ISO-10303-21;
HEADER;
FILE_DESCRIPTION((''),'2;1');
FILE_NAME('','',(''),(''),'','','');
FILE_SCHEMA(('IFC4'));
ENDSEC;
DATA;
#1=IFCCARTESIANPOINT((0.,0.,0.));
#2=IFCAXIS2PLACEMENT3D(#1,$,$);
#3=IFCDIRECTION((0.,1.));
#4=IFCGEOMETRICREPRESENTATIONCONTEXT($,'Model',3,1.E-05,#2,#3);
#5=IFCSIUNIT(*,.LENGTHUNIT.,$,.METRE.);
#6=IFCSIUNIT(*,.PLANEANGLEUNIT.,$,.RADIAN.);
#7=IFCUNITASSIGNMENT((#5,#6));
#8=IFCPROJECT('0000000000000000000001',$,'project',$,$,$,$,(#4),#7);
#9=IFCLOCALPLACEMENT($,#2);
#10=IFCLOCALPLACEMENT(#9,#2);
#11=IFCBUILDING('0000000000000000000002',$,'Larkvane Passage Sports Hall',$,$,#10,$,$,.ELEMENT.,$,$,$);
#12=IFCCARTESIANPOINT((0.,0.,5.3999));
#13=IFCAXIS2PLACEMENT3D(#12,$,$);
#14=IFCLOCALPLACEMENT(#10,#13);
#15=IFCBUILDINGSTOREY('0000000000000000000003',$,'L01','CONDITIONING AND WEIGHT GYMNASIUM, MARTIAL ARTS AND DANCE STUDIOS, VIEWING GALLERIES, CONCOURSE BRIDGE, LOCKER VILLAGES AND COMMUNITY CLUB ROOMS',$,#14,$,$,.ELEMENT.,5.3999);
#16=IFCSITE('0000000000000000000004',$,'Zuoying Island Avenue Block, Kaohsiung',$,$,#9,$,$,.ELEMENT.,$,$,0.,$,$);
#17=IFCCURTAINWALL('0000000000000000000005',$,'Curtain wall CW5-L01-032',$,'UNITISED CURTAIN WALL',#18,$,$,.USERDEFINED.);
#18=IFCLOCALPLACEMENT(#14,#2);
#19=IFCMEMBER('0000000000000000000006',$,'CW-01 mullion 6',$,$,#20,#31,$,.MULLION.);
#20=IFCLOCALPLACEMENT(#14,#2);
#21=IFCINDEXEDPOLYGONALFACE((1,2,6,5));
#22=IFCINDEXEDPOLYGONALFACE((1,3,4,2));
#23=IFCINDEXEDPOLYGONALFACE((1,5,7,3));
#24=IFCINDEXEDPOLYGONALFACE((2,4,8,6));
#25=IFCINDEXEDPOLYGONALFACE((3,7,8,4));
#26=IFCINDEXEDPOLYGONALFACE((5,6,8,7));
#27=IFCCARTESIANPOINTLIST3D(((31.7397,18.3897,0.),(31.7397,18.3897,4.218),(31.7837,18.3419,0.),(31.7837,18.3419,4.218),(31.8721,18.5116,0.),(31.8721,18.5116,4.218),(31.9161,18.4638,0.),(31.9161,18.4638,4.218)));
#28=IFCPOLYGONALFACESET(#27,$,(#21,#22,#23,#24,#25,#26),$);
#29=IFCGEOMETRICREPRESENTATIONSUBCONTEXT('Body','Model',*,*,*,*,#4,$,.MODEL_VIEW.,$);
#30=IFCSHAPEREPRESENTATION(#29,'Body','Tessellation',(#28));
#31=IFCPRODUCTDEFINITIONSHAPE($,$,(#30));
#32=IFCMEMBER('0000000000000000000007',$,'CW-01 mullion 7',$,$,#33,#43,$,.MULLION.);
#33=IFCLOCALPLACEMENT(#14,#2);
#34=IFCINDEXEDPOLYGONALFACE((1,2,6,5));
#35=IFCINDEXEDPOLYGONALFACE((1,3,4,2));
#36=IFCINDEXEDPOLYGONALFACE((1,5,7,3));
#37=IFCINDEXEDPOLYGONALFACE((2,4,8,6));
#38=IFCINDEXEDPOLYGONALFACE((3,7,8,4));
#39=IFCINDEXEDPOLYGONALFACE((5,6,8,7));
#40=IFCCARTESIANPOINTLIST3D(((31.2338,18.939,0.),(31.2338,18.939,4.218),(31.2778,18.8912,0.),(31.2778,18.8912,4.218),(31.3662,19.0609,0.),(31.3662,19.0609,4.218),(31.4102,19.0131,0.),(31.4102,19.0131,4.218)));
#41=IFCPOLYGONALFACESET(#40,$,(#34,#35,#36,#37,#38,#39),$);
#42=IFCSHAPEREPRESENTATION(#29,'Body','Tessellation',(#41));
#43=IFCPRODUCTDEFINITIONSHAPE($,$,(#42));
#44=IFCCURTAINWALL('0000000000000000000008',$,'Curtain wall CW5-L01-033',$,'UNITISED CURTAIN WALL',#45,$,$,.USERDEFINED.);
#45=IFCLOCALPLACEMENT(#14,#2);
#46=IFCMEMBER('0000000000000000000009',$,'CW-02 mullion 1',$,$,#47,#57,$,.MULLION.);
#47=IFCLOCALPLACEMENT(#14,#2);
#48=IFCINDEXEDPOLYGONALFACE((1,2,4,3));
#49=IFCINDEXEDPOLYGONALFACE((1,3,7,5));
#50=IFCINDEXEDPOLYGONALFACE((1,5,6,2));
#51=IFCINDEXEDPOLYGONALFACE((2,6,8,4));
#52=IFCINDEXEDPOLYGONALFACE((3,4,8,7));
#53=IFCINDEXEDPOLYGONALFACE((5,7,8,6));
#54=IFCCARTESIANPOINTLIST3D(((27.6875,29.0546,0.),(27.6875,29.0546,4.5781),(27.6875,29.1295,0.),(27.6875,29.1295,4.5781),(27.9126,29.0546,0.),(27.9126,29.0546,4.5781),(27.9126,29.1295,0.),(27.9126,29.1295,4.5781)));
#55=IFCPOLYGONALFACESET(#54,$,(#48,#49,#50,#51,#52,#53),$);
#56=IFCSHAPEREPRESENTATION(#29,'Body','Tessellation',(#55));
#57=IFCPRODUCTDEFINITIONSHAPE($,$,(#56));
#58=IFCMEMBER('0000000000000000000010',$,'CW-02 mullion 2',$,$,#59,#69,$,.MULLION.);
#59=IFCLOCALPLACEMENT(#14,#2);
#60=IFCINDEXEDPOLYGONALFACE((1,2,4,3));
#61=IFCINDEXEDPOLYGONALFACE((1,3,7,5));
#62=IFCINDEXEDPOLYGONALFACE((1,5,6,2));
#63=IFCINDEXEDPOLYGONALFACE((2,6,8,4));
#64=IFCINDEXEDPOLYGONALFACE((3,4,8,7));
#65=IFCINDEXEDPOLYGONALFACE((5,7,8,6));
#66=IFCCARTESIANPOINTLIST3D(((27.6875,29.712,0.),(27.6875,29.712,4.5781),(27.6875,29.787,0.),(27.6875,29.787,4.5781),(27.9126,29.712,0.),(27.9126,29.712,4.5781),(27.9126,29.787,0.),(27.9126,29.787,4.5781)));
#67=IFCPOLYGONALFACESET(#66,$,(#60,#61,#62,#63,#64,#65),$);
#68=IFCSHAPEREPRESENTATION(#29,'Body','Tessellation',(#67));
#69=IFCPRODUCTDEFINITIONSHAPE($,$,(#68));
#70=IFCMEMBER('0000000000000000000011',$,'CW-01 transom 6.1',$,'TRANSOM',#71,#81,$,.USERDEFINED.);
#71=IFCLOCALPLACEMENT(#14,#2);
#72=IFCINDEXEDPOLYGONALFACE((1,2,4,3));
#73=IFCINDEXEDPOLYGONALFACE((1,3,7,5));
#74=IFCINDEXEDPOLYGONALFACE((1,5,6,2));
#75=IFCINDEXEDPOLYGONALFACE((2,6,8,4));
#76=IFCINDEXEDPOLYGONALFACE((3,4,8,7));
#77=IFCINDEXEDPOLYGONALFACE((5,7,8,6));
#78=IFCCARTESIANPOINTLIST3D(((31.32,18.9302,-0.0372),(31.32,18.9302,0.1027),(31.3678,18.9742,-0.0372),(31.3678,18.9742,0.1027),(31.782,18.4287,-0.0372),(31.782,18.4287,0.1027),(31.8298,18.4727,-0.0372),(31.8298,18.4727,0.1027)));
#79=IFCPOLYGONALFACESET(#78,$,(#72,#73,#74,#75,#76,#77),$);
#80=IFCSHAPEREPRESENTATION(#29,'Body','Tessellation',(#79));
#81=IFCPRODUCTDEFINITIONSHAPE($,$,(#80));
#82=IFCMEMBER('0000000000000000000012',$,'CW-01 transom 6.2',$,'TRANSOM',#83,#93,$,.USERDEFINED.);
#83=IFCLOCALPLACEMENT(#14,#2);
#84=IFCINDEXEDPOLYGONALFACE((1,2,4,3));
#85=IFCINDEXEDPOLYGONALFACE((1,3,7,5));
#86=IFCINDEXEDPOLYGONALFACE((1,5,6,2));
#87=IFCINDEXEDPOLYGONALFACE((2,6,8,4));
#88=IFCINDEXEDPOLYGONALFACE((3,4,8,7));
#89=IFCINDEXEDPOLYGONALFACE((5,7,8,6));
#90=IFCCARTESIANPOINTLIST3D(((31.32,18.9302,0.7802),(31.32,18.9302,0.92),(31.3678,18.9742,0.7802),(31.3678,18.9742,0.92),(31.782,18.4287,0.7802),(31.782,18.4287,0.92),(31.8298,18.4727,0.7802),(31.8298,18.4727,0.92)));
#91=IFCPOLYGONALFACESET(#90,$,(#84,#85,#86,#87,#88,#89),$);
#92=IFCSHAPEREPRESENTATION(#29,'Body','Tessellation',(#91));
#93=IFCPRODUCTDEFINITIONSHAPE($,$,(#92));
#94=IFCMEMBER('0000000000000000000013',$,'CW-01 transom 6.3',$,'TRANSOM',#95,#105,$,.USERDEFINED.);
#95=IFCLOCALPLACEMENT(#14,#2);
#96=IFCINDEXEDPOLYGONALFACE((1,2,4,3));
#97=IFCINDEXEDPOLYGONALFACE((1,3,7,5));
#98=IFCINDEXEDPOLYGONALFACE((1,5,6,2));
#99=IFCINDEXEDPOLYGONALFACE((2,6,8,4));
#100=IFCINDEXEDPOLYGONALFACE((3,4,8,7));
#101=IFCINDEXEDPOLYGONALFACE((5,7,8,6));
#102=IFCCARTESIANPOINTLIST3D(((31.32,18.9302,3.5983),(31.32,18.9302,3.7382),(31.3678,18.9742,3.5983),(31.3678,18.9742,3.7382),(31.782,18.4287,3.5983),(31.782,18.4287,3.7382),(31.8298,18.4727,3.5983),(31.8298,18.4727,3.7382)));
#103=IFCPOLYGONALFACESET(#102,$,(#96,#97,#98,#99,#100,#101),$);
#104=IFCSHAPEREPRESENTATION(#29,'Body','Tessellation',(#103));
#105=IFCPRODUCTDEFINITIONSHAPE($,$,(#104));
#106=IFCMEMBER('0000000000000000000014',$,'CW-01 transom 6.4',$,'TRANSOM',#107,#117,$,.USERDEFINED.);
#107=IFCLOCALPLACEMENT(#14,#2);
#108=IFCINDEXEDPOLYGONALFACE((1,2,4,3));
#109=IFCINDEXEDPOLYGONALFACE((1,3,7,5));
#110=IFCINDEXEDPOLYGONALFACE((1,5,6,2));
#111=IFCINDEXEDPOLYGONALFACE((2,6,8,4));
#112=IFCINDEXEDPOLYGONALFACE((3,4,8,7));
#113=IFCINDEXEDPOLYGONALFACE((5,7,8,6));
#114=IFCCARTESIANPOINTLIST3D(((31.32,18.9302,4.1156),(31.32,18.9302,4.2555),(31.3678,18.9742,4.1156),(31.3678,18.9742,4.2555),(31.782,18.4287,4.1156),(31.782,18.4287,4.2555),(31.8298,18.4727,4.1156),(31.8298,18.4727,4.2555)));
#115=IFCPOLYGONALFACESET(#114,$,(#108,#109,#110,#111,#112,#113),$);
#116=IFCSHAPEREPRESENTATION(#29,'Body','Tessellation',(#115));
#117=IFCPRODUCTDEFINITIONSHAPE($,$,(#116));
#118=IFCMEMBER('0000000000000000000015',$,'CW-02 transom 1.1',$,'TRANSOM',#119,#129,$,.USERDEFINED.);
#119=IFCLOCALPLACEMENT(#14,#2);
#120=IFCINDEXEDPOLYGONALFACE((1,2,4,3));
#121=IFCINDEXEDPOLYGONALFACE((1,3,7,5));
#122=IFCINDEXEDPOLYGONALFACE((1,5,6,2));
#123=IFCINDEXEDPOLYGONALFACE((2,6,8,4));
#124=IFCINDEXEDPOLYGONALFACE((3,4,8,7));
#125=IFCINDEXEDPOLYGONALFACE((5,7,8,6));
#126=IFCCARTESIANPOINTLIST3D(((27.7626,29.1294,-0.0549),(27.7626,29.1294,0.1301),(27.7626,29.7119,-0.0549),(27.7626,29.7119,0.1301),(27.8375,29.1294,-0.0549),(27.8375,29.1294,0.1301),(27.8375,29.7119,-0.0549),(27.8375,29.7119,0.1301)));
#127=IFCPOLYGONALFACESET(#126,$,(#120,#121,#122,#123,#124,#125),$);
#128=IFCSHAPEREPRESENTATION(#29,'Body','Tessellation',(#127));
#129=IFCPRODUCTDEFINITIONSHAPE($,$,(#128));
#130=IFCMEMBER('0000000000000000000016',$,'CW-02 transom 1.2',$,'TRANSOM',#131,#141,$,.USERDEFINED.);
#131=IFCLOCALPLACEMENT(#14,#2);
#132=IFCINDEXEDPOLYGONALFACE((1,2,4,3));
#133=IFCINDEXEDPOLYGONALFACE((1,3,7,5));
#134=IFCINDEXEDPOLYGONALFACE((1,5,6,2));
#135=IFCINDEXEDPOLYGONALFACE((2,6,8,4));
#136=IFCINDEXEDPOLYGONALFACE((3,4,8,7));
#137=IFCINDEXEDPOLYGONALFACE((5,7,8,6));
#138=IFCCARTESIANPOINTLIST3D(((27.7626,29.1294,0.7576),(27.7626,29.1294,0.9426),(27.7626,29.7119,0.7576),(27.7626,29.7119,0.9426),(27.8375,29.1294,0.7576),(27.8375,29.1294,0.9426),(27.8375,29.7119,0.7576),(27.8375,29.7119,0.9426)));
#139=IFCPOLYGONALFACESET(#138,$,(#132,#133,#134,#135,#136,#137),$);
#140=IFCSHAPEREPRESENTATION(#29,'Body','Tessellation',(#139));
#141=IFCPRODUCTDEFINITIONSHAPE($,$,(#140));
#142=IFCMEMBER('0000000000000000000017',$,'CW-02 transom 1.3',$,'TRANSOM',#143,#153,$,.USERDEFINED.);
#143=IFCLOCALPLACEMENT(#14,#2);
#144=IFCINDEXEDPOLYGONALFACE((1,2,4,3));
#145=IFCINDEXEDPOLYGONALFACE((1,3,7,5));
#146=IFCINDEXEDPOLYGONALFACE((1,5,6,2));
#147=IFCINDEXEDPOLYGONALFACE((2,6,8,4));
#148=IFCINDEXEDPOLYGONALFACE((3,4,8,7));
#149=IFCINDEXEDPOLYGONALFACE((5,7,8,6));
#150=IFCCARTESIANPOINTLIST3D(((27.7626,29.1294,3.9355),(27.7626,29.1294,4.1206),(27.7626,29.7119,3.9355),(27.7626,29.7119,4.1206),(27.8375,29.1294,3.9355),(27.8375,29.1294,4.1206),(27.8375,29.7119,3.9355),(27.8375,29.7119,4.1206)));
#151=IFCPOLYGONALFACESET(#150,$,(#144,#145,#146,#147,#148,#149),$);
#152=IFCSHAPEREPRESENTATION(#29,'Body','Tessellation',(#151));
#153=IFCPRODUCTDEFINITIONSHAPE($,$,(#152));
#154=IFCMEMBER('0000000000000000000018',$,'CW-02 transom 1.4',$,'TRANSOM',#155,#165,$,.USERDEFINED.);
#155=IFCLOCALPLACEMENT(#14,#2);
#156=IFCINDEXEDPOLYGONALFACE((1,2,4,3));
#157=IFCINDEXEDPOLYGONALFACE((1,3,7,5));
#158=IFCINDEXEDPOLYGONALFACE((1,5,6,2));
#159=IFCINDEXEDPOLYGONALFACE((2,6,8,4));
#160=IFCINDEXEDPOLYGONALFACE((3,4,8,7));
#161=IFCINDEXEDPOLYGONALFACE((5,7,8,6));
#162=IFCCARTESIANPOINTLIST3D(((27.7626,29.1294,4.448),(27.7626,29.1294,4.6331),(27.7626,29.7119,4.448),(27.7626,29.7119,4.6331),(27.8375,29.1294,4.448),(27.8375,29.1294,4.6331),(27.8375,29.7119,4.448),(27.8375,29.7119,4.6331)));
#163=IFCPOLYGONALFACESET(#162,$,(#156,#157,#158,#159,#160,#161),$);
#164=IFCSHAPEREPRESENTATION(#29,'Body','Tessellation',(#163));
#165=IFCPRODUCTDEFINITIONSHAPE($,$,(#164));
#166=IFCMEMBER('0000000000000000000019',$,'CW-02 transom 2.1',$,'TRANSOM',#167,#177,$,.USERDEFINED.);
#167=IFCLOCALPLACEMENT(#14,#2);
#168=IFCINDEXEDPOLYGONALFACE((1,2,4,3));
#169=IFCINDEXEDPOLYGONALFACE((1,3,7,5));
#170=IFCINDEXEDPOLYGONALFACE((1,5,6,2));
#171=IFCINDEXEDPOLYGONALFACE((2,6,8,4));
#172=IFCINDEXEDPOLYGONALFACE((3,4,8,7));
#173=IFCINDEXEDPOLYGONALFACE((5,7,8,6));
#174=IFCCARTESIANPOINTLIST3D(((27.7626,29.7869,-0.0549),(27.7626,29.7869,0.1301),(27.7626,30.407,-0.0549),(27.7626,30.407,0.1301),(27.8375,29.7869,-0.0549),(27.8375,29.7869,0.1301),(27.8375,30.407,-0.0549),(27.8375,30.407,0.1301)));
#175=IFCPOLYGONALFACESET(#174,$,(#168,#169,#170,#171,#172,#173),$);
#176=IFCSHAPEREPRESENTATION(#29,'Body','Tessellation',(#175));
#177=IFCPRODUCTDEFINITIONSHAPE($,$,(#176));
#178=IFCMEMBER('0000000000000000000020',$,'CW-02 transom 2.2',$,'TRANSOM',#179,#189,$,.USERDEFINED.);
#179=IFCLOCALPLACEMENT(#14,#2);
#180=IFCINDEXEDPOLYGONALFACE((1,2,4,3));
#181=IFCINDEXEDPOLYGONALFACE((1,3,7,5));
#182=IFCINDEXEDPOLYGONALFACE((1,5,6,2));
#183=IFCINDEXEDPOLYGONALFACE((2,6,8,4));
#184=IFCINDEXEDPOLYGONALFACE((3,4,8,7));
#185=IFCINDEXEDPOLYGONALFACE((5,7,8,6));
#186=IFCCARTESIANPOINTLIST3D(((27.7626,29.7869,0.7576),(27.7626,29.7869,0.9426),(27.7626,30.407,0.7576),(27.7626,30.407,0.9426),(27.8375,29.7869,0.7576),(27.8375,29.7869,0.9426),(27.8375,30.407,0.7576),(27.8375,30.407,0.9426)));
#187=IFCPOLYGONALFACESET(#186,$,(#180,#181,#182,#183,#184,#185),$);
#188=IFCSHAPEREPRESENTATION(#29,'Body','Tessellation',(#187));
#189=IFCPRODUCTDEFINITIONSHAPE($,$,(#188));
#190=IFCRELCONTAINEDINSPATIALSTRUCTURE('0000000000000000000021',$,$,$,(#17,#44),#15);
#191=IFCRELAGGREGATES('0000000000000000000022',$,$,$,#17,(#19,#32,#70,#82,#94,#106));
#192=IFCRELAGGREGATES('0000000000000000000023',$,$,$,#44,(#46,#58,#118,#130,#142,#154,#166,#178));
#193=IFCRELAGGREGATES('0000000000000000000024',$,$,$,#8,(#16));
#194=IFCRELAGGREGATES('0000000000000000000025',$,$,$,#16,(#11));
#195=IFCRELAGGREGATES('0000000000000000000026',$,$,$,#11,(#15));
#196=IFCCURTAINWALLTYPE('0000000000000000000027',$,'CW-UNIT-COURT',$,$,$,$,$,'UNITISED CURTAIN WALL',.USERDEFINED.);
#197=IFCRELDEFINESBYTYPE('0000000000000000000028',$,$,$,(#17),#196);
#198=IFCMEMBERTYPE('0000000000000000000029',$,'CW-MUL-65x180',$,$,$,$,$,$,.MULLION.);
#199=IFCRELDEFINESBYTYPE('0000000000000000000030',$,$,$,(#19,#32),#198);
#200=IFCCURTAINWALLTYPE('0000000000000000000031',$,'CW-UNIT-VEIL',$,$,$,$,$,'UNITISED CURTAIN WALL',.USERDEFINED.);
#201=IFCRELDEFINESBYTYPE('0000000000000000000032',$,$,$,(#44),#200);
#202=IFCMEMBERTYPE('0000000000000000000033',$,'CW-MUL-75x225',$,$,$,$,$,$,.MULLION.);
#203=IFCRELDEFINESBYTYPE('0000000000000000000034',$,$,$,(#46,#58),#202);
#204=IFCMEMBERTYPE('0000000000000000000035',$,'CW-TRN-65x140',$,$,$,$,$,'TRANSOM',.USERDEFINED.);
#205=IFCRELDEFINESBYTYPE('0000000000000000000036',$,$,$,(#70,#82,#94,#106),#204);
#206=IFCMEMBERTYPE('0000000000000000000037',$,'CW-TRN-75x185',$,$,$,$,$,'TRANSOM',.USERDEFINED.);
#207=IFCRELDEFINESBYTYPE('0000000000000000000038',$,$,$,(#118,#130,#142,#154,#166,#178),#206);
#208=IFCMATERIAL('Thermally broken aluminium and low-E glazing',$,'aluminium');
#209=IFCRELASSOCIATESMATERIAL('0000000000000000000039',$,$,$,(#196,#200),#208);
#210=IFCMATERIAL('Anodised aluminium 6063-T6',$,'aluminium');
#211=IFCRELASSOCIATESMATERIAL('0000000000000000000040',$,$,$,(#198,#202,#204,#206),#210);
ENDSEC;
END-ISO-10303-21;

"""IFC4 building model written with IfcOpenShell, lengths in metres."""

from ifc_helpers import new_model, si_unit, direction, frame, origin, origin_2d, place, context, subcontext, project, spatial, rectangle, extrude, material, material_profile, profile_set, type_object, element, aggregate, save


model = new_model("IFC4")

# Units and contexts
model_context = context("Model", 3, precision=1e-05, world=origin(), true_north=direction((0.0, 1.0)))
body_context = subcontext(model_context, "Body", "Model", "MODEL_VIEW")
ifc_project = project(units=[si_unit("LENGTHUNIT", "METRE"), si_unit("PLANEANGLEUNIT", "RADIAN")], contexts=[model_context])

# Site, building, storey
site_placement = place(None, origin())
site = spatial("IfcSite", under=ifc_project, at=site_placement, Name="Zuoying Island Avenue Block, Kaohsiung", CompositionType="ELEMENT", RefElevation=0.0)
building_placement = place(site_placement, origin())
building = spatial("IfcBuilding", under=site, at=building_placement, Name="Larkvane Passage Sports Hall", CompositionType="ELEMENT")
storey_placement = place(building_placement, frame((0.0, 0.0, 5.3999)))
storey = spatial("IfcBuildingStorey", under=building, at=storey_placement, Name="L01", Description="CONDITIONING AND WEIGHT GYMNASIUM, MARTIAL ARTS AND DANCE STUDIOS, VIEWING GALLERIES, CONCOURSE BRIDGE, LOCKER VILLAGES AND COMMUNITY CLUB ROOMS", CompositionType="ELEMENT", Elevation=5.3999)

# Curtain walls, members
ifc_material_1 = material(Name="Thermally broken aluminium and low-E glazing", Category="aluminium")
curtain_wall_type_1 = type_object("IfcCurtainWallType", Name="CW-UNIT-COURT", ElementType="UNITISED CURTAIN WALL", PredefinedType="USERDEFINED", material=ifc_material_1)
curtain_wall_1_placement = place(storey_placement, origin())
curtain_wall_1 = element("IfcCurtainWall", 1, at=curtain_wall_1_placement, inside=storey, type_object=curtain_wall_type_1, Name="Curtain wall CW5-L01-032", ObjectType="UNITISED CURTAIN WALL", PredefinedType="USERDEFINED")
ifc_material_2 = material(Name="Anodised aluminium 6063-T6", Category="aluminium")
ifc_material_profile_1 = material_profile(ifc_material_2, rectangle(XDim=0.0649, YDim=0.1799, at=origin_2d()), Name="ALU-MUL-65x180")
ifc_profile_set_1 = profile_set([ifc_material_profile_1], Name="Anodised aluminium 6063-T6")
member_type_1 = type_object("IfcMemberType", Name="CW-MUL-65x180", PredefinedType="MULLION", material=ifc_profile_set_1)
member_1_placement = place(storey_placement, frame((31.8279, 18.4268, 0.0), z_axis=(0.0, 0.0, 1.0), x_axis=(-0.677478, 0.735543, 0.0)))
member_1 = element("IfcMember", 2, at=member_1_placement, type_object=member_type_1, Name="CW-01 mullion 6", PredefinedType="MULLION", context=body_context, shape_type="SweptSolid", body=[
    extrude(rectangle(XDim=0.0649, YDim=0.1799, at=origin_2d()), origin(), (0.0, 0.0, 1.0), 4.218),
])
member_2_placement = place(storey_placement, frame((31.322, 18.9761, 0.0), z_axis=(0.0, 0.0, 1.0), x_axis=(-0.677478, 0.735543, 0.0)))
member_2 = element("IfcMember", 3, at=member_2_placement, type_object=member_type_1, Name="CW-01 mullion 7", PredefinedType="MULLION", context=body_context, shape_type="SweptSolid", body=[
    extrude(rectangle(XDim=0.0649, YDim=0.1799, at=origin_2d()), origin(), (0.0, 0.0, 1.0), 4.218),
])
curtain_wall_type_2 = type_object("IfcCurtainWallType", Name="CW-UNIT-VEIL", ElementType="UNITISED CURTAIN WALL", PredefinedType="USERDEFINED", material=ifc_material_1)
curtain_wall_2_placement = place(storey_placement, origin())
curtain_wall_2 = element("IfcCurtainWall", 4, at=curtain_wall_2_placement, inside=storey, type_object=curtain_wall_type_2, Name="Curtain wall CW5-L01-033", ObjectType="UNITISED CURTAIN WALL", PredefinedType="USERDEFINED")
ifc_material_profile_2 = material_profile(ifc_material_2, rectangle(XDim=0.075, YDim=0.2251, at=origin_2d()), Name="ALU-MUL-75x225")
ifc_profile_set_2 = profile_set([ifc_material_profile_2], Name="Anodised aluminium 6063-T6")
member_type_2 = type_object("IfcMemberType", Name="CW-MUL-75x225", PredefinedType="MULLION", material=ifc_profile_set_2)
member_3_placement = place(storey_placement, frame((27.8, 29.092, 0.0), z_axis=(0.0, 0.0, 1.0), x_axis=(0.0, 1.0, 0.0)))
member_3 = element("IfcMember", 5, at=member_3_placement, type_object=member_type_2, Name="CW-02 mullion 1", PredefinedType="MULLION", context=body_context, shape_type="SweptSolid", body=[
    extrude(rectangle(XDim=0.075, YDim=0.2251, at=origin_2d()), origin(), (0.0, 0.0, 1.0), 4.5781),
])
member_4_placement = place(storey_placement, frame((27.8, 29.7495, 0.0), z_axis=(0.0, 0.0, 1.0), x_axis=(0.0, 1.0, 0.0)))
member_4 = element("IfcMember", 6, at=member_4_placement, type_object=member_type_2, Name="CW-02 mullion 2", PredefinedType="MULLION", context=body_context, shape_type="SweptSolid", body=[
    extrude(rectangle(XDim=0.075, YDim=0.2251, at=origin_2d()), origin(), (0.0, 0.0, 1.0), 4.5781),
])

# Members
ifc_material_profile_3 = material_profile(ifc_material_2, rectangle(XDim=0.0649, YDim=0.1399, at=origin_2d()), Name="ALU-TRN-65x140")
ifc_profile_set_3 = profile_set([ifc_material_profile_3], Name="Anodised aluminium 6063-T6")
member_type_3 = type_object("IfcMemberType", Name="CW-TRN-65x140", ElementType="TRANSOM", PredefinedType="USERDEFINED", material=ifc_profile_set_3)
member_5_placement = place(storey_placement, frame((31.8059, 18.4507, 0.0327), z_axis=(-0.677506, 0.735517, 0.0), x_axis=(-0.735517, -0.677506, 0.0)))
member_5 = element("IfcMember", 7, at=member_5_placement, type_object=member_type_3, Name="CW-01 transom 6.1", ObjectType="TRANSOM", PredefinedType="USERDEFINED", context=body_context, shape_type="SweptSolid", body=[
    extrude(rectangle(XDim=0.0649, YDim=0.1399, at=origin_2d()), origin(), (0.0, 0.0, 1.0), 0.6819),
])
member_6_placement = place(storey_placement, frame((31.8059, 18.4507, 0.8501), z_axis=(-0.677506, 0.735517, 0.0), x_axis=(-0.735517, -0.677506, 0.0)))
member_6 = element("IfcMember", 8, at=member_6_placement, type_object=member_type_3, Name="CW-01 transom 6.2", ObjectType="TRANSOM", PredefinedType="USERDEFINED", context=body_context, shape_type="SweptSolid", body=[
    extrude(rectangle(XDim=0.0649, YDim=0.1399, at=origin_2d()), origin(), (0.0, 0.0, 1.0), 0.6819),
])
member_7_placement = place(storey_placement, frame((31.8059, 18.4507, 3.6682), z_axis=(-0.677506, 0.735517, 0.0), x_axis=(-0.735517, -0.677506, 0.0)))
member_7 = element("IfcMember", 9, at=member_7_placement, type_object=member_type_3, Name="CW-01 transom 6.3", ObjectType="TRANSOM", PredefinedType="USERDEFINED", context=body_context, shape_type="SweptSolid", body=[
    extrude(rectangle(XDim=0.0649, YDim=0.1399, at=origin_2d()), origin(), (0.0, 0.0, 1.0), 0.6819),
])
member_8_placement = place(storey_placement, frame((31.8059, 18.4507, 4.1855), z_axis=(-0.677506, 0.735517, 0.0), x_axis=(-0.735517, -0.677506, 0.0)))
member_8 = element("IfcMember", 10, at=member_8_placement, type_object=member_type_3, Name="CW-01 transom 6.4", ObjectType="TRANSOM", PredefinedType="USERDEFINED", context=body_context, shape_type="SweptSolid", body=[
    extrude(rectangle(XDim=0.0649, YDim=0.1399, at=origin_2d()), origin(), (0.0, 0.0, 1.0), 0.6819),
])
ifc_material_profile_4 = material_profile(ifc_material_2, rectangle(XDim=0.075, YDim=0.1851, at=origin_2d()), Name="ALU-TRN-75x185")
ifc_profile_set_4 = profile_set([ifc_material_profile_4], Name="Anodised aluminium 6063-T6")
member_type_4 = type_object("IfcMemberType", Name="CW-TRN-75x185", ElementType="TRANSOM", PredefinedType="USERDEFINED", material=ifc_profile_set_4)
member_9_placement = place(storey_placement, frame((27.8, 29.1294, 0.0376), z_axis=(0.0, 1.0, 0.0), x_axis=(-1.0, 0.0, 0.0)))
member_9 = element("IfcMember", 11, at=member_9_placement, type_object=member_type_4, Name="CW-02 transom 1.1", ObjectType="TRANSOM", PredefinedType="USERDEFINED", context=body_context, shape_type="SweptSolid", body=[
    extrude(rectangle(XDim=0.075, YDim=0.1851, at=origin_2d()), origin(), (0.0, 0.0, 1.0), 0.5825),
])
member_10_placement = place(storey_placement, frame((27.8, 29.1294, 0.8501), z_axis=(0.0, 1.0, 0.0), x_axis=(-1.0, 0.0, 0.0)))
member_10 = element("IfcMember", 12, at=member_10_placement, type_object=member_type_4, Name="CW-02 transom 1.2", ObjectType="TRANSOM", PredefinedType="USERDEFINED", context=body_context, shape_type="SweptSolid", body=[
    extrude(rectangle(XDim=0.075, YDim=0.1851, at=origin_2d()), origin(), (0.0, 0.0, 1.0), 0.5825),
])
member_11_placement = place(storey_placement, frame((27.8, 29.1294, 4.0281), z_axis=(0.0, 1.0, 0.0), x_axis=(-1.0, 0.0, 0.0)))
member_11 = element("IfcMember", 13, at=member_11_placement, type_object=member_type_4, Name="CW-02 transom 1.3", ObjectType="TRANSOM", PredefinedType="USERDEFINED", context=body_context, shape_type="SweptSolid", body=[
    extrude(rectangle(XDim=0.075, YDim=0.1851, at=origin_2d()), origin(), (0.0, 0.0, 1.0), 0.5825),
])
member_12_placement = place(storey_placement, frame((27.8, 29.1294, 4.5405), z_axis=(0.0, 1.0, 0.0), x_axis=(-1.0, 0.0, 0.0)))
member_12 = element("IfcMember", 14, at=member_12_placement, type_object=member_type_4, Name="CW-02 transom 1.4", ObjectType="TRANSOM", PredefinedType="USERDEFINED", context=body_context, shape_type="SweptSolid", body=[
    extrude(rectangle(XDim=0.075, YDim=0.1851, at=origin_2d()), origin(), (0.0, 0.0, 1.0), 0.5825),
])
member_13_placement = place(storey_placement, frame((27.8, 29.7869, 0.0376), z_axis=(0.0, 1.0, 0.0), x_axis=(-1.0, 0.0, 0.0)))
member_13 = element("IfcMember", 15, at=member_13_placement, type_object=member_type_4, Name="CW-02 transom 2.1", ObjectType="TRANSOM", PredefinedType="USERDEFINED", context=body_context, shape_type="SweptSolid", body=[
    extrude(rectangle(XDim=0.075, YDim=0.1851, at=origin_2d()), origin(), (0.0, 0.0, 1.0), 0.6201),
])
member_14_placement = place(storey_placement, frame((27.8, 29.7869, 0.8501), z_axis=(0.0, 1.0, 0.0), x_axis=(-1.0, 0.0, 0.0)))
member_14 = element("IfcMember", 16, at=member_14_placement, type_object=member_type_4, Name="CW-02 transom 2.2", ObjectType="TRANSOM", PredefinedType="USERDEFINED", context=body_context, shape_type="SweptSolid", body=[
    extrude(rectangle(XDim=0.075, YDim=0.1851, at=origin_2d()), origin(), (0.0, 0.0, 1.0), 0.6201),
])

aggregate(curtain_wall_1, [member_1, member_2, member_5, member_6, member_7, member_8])
aggregate(curtain_wall_2, [member_3, member_4, member_9, member_10, member_11, member_12, member_13, member_14])

save(model, "model.ifc")
